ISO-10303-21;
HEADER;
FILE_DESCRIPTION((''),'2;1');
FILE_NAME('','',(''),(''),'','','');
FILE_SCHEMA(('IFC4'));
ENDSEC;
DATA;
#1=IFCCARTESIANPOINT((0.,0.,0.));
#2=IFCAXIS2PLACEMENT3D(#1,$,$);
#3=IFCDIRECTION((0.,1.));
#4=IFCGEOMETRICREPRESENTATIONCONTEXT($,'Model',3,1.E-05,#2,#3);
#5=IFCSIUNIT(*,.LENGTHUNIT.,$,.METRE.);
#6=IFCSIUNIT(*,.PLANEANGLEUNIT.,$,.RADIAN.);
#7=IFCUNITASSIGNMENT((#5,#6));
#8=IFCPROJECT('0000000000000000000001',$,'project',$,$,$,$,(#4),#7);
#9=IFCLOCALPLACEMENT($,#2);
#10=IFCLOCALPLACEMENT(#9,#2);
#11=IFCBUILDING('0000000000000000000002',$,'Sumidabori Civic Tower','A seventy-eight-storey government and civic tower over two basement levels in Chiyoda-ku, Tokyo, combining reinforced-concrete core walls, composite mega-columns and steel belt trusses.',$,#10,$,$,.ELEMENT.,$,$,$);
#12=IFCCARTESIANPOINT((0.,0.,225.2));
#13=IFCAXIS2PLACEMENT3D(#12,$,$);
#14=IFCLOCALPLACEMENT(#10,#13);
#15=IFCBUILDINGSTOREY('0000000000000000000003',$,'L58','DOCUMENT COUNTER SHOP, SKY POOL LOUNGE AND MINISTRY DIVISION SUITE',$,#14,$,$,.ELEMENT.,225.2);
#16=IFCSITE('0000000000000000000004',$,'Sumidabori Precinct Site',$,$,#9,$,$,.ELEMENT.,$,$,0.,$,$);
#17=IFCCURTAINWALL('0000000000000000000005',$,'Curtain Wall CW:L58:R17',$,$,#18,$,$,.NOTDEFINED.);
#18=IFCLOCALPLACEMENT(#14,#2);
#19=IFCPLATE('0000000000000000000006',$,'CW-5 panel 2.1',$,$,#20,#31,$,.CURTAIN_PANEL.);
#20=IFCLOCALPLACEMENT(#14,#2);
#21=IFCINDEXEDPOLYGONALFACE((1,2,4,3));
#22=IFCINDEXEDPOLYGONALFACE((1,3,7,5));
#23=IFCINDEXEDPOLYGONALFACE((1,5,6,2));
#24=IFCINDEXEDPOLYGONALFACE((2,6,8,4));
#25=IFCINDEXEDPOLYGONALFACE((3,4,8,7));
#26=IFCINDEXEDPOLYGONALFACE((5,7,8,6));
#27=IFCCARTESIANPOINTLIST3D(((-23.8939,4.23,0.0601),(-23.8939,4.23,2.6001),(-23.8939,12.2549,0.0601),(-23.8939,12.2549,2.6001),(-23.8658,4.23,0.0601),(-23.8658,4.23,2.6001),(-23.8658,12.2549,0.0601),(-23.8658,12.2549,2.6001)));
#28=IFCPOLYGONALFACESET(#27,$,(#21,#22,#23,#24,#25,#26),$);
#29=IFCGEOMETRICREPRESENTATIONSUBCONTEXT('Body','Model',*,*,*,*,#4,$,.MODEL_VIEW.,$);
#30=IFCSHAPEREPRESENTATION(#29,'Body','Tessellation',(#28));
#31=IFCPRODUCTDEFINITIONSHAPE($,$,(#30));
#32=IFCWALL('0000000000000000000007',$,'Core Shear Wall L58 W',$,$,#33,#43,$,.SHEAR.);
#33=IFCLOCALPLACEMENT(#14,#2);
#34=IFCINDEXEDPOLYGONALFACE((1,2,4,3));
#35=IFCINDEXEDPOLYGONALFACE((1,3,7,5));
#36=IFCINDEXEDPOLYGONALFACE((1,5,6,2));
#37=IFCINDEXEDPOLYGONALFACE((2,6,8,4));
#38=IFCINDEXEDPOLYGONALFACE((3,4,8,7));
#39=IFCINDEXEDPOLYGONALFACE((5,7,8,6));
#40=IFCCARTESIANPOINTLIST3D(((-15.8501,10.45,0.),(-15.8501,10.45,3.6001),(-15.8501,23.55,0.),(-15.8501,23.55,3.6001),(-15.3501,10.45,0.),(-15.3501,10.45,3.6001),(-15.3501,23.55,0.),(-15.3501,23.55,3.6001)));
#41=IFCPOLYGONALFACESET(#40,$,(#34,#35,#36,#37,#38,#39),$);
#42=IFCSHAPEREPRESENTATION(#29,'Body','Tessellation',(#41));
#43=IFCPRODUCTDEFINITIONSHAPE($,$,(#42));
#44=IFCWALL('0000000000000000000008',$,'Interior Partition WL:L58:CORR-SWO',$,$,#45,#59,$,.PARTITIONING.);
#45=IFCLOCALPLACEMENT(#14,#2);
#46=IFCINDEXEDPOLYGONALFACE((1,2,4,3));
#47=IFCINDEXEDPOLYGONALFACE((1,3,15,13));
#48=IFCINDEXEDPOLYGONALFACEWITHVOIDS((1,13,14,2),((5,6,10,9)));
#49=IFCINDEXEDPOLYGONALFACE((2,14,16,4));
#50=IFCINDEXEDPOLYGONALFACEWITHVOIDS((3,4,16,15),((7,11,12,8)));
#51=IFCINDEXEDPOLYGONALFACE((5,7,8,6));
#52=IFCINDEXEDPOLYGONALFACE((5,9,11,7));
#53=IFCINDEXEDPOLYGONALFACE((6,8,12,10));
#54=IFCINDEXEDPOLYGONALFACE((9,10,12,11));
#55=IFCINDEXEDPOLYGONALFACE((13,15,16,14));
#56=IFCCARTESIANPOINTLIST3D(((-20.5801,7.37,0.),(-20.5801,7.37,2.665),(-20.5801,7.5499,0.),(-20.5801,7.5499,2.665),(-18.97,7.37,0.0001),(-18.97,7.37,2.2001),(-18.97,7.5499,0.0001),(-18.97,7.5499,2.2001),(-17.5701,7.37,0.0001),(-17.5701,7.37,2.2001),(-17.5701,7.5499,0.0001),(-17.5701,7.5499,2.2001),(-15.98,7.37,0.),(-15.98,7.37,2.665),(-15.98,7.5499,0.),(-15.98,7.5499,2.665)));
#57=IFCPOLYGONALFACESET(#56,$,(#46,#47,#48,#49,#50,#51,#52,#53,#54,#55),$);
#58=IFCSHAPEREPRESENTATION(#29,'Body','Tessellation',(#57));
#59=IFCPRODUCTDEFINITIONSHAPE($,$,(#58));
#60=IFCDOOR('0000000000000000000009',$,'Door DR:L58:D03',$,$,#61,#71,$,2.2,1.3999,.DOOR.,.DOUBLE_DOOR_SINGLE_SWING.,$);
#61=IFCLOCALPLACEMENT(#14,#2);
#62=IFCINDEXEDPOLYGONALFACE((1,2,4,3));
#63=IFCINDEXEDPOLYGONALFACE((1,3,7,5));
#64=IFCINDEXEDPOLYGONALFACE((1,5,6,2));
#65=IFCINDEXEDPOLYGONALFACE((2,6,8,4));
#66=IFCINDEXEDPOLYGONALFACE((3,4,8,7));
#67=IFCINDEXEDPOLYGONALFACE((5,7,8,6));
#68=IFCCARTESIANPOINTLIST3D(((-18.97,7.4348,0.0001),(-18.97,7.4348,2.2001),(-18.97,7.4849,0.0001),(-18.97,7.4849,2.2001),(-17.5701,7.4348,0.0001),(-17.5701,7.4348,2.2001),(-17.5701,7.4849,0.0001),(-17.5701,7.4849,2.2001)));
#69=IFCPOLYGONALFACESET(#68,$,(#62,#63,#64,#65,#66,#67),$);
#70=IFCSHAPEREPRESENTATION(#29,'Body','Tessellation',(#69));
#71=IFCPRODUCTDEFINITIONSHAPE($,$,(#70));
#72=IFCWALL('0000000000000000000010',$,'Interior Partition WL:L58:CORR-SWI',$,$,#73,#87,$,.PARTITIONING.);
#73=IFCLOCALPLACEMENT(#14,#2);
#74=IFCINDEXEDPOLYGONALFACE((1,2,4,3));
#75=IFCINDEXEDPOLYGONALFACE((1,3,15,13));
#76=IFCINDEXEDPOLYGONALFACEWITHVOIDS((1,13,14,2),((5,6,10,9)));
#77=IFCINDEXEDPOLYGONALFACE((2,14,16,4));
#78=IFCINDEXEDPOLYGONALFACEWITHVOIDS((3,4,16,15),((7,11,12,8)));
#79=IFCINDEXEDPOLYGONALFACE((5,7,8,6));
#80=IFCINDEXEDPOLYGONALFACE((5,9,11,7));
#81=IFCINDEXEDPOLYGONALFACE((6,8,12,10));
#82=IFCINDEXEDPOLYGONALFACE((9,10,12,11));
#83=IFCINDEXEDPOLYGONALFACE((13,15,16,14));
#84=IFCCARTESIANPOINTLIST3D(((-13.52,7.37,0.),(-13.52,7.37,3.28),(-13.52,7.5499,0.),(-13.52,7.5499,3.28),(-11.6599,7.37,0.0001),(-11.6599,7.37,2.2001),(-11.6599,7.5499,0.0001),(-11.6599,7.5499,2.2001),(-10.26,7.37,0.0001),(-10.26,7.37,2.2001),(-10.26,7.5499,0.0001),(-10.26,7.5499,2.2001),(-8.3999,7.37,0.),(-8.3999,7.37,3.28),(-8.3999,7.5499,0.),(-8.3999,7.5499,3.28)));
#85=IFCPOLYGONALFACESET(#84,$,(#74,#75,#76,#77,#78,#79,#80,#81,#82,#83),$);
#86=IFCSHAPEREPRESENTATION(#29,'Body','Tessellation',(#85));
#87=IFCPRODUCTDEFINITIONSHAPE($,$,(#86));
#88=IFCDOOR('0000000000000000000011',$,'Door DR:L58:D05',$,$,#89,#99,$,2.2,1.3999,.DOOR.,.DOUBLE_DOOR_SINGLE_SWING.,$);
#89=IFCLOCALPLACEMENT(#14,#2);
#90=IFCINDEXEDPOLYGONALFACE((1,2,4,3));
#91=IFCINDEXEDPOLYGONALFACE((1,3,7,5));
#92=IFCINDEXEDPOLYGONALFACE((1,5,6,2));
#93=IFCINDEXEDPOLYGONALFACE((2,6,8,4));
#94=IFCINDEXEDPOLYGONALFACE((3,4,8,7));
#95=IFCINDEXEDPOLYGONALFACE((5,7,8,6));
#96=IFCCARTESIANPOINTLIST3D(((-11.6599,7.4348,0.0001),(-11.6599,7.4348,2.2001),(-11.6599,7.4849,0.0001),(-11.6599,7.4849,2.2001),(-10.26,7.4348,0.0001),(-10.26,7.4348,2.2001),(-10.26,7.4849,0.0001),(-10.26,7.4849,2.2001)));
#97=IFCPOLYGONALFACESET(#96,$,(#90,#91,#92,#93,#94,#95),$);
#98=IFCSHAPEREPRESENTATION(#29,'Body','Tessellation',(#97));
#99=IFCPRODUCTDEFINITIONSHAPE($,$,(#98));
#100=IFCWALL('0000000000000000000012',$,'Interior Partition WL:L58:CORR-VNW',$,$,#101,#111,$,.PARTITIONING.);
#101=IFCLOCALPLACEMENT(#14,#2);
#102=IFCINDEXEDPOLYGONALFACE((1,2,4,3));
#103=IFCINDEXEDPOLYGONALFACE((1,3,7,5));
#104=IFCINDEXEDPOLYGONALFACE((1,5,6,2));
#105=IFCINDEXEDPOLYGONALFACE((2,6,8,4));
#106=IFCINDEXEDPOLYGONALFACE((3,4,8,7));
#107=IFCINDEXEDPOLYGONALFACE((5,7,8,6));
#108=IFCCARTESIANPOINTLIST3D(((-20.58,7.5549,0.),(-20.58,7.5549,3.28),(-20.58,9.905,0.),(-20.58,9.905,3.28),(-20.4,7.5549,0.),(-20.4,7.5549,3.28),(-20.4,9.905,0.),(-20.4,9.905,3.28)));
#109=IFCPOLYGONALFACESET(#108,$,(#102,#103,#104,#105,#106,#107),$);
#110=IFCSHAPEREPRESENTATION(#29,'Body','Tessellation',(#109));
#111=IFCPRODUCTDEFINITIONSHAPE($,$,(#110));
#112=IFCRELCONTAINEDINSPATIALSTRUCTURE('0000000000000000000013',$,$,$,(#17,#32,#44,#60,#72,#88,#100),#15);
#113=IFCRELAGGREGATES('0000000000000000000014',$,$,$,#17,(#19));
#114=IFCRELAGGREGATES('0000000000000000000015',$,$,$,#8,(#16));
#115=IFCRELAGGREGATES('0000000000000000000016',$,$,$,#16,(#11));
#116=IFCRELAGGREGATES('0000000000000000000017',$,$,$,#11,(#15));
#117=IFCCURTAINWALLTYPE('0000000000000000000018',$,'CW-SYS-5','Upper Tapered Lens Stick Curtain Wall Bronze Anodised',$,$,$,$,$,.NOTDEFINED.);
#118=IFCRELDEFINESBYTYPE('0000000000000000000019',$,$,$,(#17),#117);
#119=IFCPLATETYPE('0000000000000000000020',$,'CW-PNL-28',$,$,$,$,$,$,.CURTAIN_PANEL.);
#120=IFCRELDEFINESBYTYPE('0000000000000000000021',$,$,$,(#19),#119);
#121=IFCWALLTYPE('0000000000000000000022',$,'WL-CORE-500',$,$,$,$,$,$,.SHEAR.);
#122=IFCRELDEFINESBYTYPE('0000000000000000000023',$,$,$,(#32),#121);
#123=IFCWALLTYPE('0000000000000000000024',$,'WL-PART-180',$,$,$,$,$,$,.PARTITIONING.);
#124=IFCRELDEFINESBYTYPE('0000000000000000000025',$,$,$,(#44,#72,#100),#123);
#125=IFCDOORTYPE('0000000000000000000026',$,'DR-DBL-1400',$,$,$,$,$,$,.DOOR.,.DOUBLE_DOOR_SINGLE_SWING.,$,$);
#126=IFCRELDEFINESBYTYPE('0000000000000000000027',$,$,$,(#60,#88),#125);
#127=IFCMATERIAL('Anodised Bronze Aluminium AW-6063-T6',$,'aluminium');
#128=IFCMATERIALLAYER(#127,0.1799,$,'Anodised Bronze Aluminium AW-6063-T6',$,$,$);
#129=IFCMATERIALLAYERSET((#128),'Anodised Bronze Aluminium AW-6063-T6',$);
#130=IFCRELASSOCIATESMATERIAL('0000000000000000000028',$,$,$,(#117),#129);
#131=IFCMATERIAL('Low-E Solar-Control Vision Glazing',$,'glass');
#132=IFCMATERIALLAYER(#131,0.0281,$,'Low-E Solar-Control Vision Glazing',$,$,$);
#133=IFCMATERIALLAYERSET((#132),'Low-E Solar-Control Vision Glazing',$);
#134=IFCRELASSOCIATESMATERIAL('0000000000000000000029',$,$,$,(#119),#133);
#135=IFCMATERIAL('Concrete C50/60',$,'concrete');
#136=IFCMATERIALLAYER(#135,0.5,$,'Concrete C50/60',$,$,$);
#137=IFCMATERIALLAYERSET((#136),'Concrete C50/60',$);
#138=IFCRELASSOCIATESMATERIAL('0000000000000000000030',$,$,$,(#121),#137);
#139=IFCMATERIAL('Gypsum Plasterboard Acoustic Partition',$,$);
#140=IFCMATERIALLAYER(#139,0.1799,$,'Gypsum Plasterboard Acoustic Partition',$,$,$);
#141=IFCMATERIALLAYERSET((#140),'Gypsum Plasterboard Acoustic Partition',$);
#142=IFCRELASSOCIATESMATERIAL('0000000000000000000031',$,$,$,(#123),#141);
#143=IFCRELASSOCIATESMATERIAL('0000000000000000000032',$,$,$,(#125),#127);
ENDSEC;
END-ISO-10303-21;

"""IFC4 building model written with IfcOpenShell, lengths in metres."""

from ifc_helpers import new_model, si_unit, direction, frame, frame_2d, origin, origin_2d, place, context, subcontext, project, spatial, rectangle, extrude, source, transform, mapped, material, layer, layer_set, type_object, element, fill, aggregate, save


model = new_model("IFC4")

# Units and contexts
model_context = context("Model", 3, precision=1e-05, world=origin(), true_north=direction((0.0, 1.0)))
body_context = subcontext(model_context, "Body", "Model", "MODEL_VIEW")
ifc_project = project(units=[si_unit("LENGTHUNIT", "METRE"), si_unit("PLANEANGLEUNIT", "RADIAN")], contexts=[model_context])

# Site, building, storey
site_placement = place(None, origin())
site = spatial("IfcSite", under=ifc_project, at=site_placement, Name="Sumidabori Precinct Site", CompositionType="ELEMENT", RefElevation=0.0)
building_placement = place(site_placement, origin())
building = spatial("IfcBuilding", under=site, at=building_placement, Name="Sumidabori Civic Tower", Description="A seventy-eight-storey government and civic tower over two basement levels in Chiyoda-ku, Tokyo, combining reinforced-concrete core walls, composite mega-columns and steel belt trusses.", CompositionType="ELEMENT")
storey_placement = place(building_placement, frame((0.0, 0.0, 225.2)))
storey = spatial("IfcBuildingStorey", under=building, at=storey_placement, Name="L58", Description="DOCUMENT COUNTER SHOP, SKY POOL LOUNGE AND MINISTRY DIVISION SUITE", CompositionType="ELEMENT", Elevation=225.2)

# Curtain wall, plate
ifc_material_1 = material(Name="Anodised Bronze Aluminium AW-6063-T6", Category="aluminium")
ifc_layer_1 = layer(ifc_material_1, 0.1799, Name="Anodised Bronze Aluminium AW-6063-T6")
ifc_layer_set_1 = layer_set([ifc_layer_1], Name="Anodised Bronze Aluminium AW-6063-T6")
curtain_wall_type = type_object("IfcCurtainWallType", Name="CW-SYS-5", Description="Upper Tapered Lens Stick Curtain Wall Bronze Anodised", PredefinedType="NOTDEFINED", material=ifc_layer_set_1)
curtain_wall_placement = place(storey_placement, origin())
curtain_wall = element("IfcCurtainWall", 1, at=curtain_wall_placement, inside=storey, type_object=curtain_wall_type, Name="Curtain Wall CW:L58:R17", PredefinedType="NOTDEFINED")
ifc_material_2 = material(Name="Low-E Solar-Control Vision Glazing", Category="glass")
ifc_layer_2 = layer(ifc_material_2, 0.0281, Name="Low-E Solar-Control Vision Glazing")
ifc_layer_set_2 = layer_set([ifc_layer_2], Name="Low-E Solar-Control Vision Glazing")
plate_type = type_object("IfcPlateType", Name="CW-PNL-28", PredefinedType="CURTAIN_PANEL", material=ifc_layer_set_2)
shared_shape_1 = source(origin(), body_context, "Body", "SweptSolid", [
    extrude(rectangle(XDim=8.0249, YDim=0.0281, at=origin_2d()), origin(), (0.0, 0.0, 1.0), 2.54),
])
plate_placement = place(storey_placement, frame((-23.8799, 8.2424, 0.0601), z_axis=(0.0, 0.0, 1.0), x_axis=(0.0, -1.0, 0.0)))
plate = element("IfcPlate", 2, at=plate_placement, type_object=plate_type, Name="CW-5 panel 2.1", PredefinedType="CURTAIN_PANEL", context=body_context, shape_type="MappedRepresentation", body=[
    mapped(shared_shape_1, transform((0.0, 0.0, 0.0), x_axis=(1.0, 0.0, 0.0), y_axis=(0.0, 1.0, 0.0), z_axis=(0.0, 0.0, 1.0), scale=1.0)),
])
aggregate(curtain_wall, [plate])

# Shared definitions
ifc_material_3 = material(Name="Concrete C50/60", Category="concrete")
ifc_layer_3 = layer(ifc_material_3, 0.5, Name="Concrete C50/60")
ifc_layer_set_3 = layer_set([ifc_layer_3], Name="Concrete C50/60")
wall_type_1 = type_object("IfcWallType", Name="WL-CORE-500", PredefinedType="SHEAR", material=ifc_layer_set_3)

# Wall
shared_shape_2 = source(origin(), body_context, "Body", "SweptSolid", [
    extrude(rectangle(XDim=13.1001, YDim=0.5, at=frame_2d((6.55, 0.0))), origin(), (0.0, 0.0, 1.0), 3.6001),
])
wall_1_placement = place(storey_placement, frame((-15.6001, 10.45, 0.0), z_axis=(0.0, 0.0, 1.0), x_axis=(0.0, 1.0, 0.0)))
element("IfcWall", 3, at=wall_1_placement, inside=storey, type_object=wall_type_1, Name="Core Shear Wall L58 W", PredefinedType="SHEAR", context=body_context, shape_type="MappedRepresentation", body=[
    mapped(shared_shape_2, transform((0.0, 0.0, 0.0), x_axis=(1.0, 0.0, 0.0), y_axis=(0.0, 1.0, 0.0), z_axis=(0.0, 0.0, 1.0), scale=1.0)),
])

# Walls, openings, doors
ifc_material_4 = material(Name="Gypsum Plasterboard Acoustic Partition")
ifc_layer_4 = layer(ifc_material_4, 0.1799, Name="Gypsum Plasterboard Acoustic Partition")
ifc_layer_set_4 = layer_set([ifc_layer_4], Name="Gypsum Plasterboard Acoustic Partition")
wall_type_2 = type_object("IfcWallType", Name="WL-PART-180", PredefinedType="PARTITIONING", material=ifc_layer_set_4)
shared_shape_3 = source(origin(), body_context, "Body", "SweptSolid", [
    extrude(rectangle(XDim=4.6001, YDim=0.1799, at=frame_2d((2.3, 0.0))), origin(), (0.0, 0.0, 1.0), 2.665),
])
wall_2_placement = place(storey_placement, frame((-20.5801, 7.46, 0.0), z_axis=(0.0, 0.0, 1.0), x_axis=(1.0, 0.0, 0.0)))
wall_2 = element("IfcWall", 4, at=wall_2_placement, inside=storey, type_object=wall_type_2, Name="Interior Partition WL:L58:CORR-SWO", PredefinedType="PARTITIONING", context=body_context, shape_type="MappedRepresentation", body=[
    mapped(shared_shape_3, transform((0.0, 0.0, 0.0), x_axis=(1.0, 0.0, 0.0), y_axis=(0.0, 1.0, 0.0), z_axis=(0.0, 0.0, 1.0), scale=1.0)),
])
opening_1_placement = place(wall_2_placement, frame((1.6101, 0.0, 0.0)))
opening_1 = element("IfcOpeningElement", 5, at=opening_1_placement, cuts=wall_2, PredefinedType="OPENING", context=body_context, shape_type="SweptSolid", body=[
    extrude(rectangle(XDim=1.3999, YDim=2.2, at=frame_2d((0.7, 1.1001))), frame((0.0, 0.1021, 0.0), z_axis=(0.0, -1.0, 0.0), x_axis=(1.0, 0.0, 0.0)), (0.0, 0.0, 1.0), 0.2039),
])
door_type_1 = type_object("IfcDoorType", Name="DR-DBL-1400", OperationType="DOUBLE_DOOR_SINGLE_SWING", PredefinedType="DOOR", material=ifc_material_1)
shared_shape_4 = source(origin(), body_context, "Body", "SweptSolid", [
    extrude(rectangle(XDim=1.3999, YDim=2.2, at=frame_2d((0.7, 1.1001))), frame((0.0, 0.0249, 0.0), z_axis=(0.0, -1.0, 0.0), x_axis=(1.0, 0.0, 0.0)), (0.0, 0.0, 1.0), 0.05),
])
door_1_placement = place(opening_1_placement, origin())
door_1 = element("IfcDoor", 6, at=door_1_placement, inside=storey, type_object=door_type_1, Name="Door DR:L58:D03", OperationType="DOUBLE_DOOR_SINGLE_SWING", OverallHeight=2.2, OverallWidth=1.3999, PredefinedType="DOOR", context=body_context, shape_type="MappedRepresentation", body=[
    mapped(shared_shape_4, transform((0.0, 0.0, 0.0), x_axis=(1.0, 0.0, 0.0), y_axis=(0.0, 1.0, 0.0), z_axis=(0.0, 0.0, 1.0), scale=1.0)),
])
fill(opening_1, door_1)
shared_shape_5 = source(origin(), body_context, "Body", "SweptSolid", [
    extrude(rectangle(XDim=5.1201, YDim=0.1799, at=frame_2d((2.5601, 0.0))), origin(), (0.0, 0.0, 1.0), 3.28),
])
wall_3_placement = place(storey_placement, frame((-13.52, 7.46, 0.0), z_axis=(0.0, 0.0, 1.0), x_axis=(1.0, 0.0, 0.0)))
wall_3 = element("IfcWall", 7, at=wall_3_placement, inside=storey, type_object=wall_type_2, Name="Interior Partition WL:L58:CORR-SWI", PredefinedType="PARTITIONING", context=body_context, shape_type="MappedRepresentation", body=[
    mapped(shared_shape_5, transform((0.0, 0.0, 0.0), x_axis=(1.0, 0.0, 0.0), y_axis=(0.0, 1.0, 0.0), z_axis=(0.0, 0.0, 1.0), scale=1.0)),
])
opening_2_placement = place(wall_3_placement, frame((1.8601, 0.0, 0.0)))
opening_2 = element("IfcOpeningElement", 8, at=opening_2_placement, cuts=wall_3, PredefinedType="OPENING", context=body_context, shape_type="SweptSolid", body=[
    extrude(rectangle(XDim=1.3999, YDim=2.2, at=frame_2d((0.7, 1.1001))), frame((0.0, 0.1021, 0.0), z_axis=(0.0, -1.0, 0.0), x_axis=(1.0, 0.0, 0.0)), (0.0, 0.0, 1.0), 0.2039),
])
door_2_placement = place(opening_2_placement, origin())
door_2 = element("IfcDoor", 9, at=door_2_placement, inside=storey, type_object=door_type_1, Name="Door DR:L58:D05", OperationType="DOUBLE_DOOR_SINGLE_SWING", OverallHeight=2.2, OverallWidth=1.3999, PredefinedType="DOOR", context=body_context, shape_type="MappedRepresentation", body=[
    mapped(shared_shape_4, transform((0.0, 0.0, 0.0), x_axis=(1.0, 0.0, 0.0), y_axis=(0.0, 1.0, 0.0), z_axis=(0.0, 0.0, 1.0), scale=1.0)),
])
fill(opening_2, door_2)

# Wall
shared_shape_6 = source(origin(), body_context, "Body", "SweptSolid", [
    extrude(rectangle(XDim=2.3501, YDim=0.1799, at=frame_2d((1.175, 0.0))), origin(), (0.0, 0.0, 1.0), 3.28),
])
wall_4_placement = place(storey_placement, frame((-20.49, 7.5549, 0.0), z_axis=(0.0, 0.0, 1.0), x_axis=(0.0, 1.0, 0.0)))
element("IfcWall", 10, at=wall_4_placement, inside=storey, type_object=wall_type_2, Name="Interior Partition WL:L58:CORR-VNW", PredefinedType="PARTITIONING", context=body_context, shape_type="MappedRepresentation", body=[
    mapped(shared_shape_6, transform((0.0, 0.0, 0.0), x_axis=(1.0, 0.0, 0.0), y_axis=(0.0, 1.0, 0.0), z_axis=(0.0, 0.0, 1.0), scale=1.0)),
])

save(model, "model.ifc")
